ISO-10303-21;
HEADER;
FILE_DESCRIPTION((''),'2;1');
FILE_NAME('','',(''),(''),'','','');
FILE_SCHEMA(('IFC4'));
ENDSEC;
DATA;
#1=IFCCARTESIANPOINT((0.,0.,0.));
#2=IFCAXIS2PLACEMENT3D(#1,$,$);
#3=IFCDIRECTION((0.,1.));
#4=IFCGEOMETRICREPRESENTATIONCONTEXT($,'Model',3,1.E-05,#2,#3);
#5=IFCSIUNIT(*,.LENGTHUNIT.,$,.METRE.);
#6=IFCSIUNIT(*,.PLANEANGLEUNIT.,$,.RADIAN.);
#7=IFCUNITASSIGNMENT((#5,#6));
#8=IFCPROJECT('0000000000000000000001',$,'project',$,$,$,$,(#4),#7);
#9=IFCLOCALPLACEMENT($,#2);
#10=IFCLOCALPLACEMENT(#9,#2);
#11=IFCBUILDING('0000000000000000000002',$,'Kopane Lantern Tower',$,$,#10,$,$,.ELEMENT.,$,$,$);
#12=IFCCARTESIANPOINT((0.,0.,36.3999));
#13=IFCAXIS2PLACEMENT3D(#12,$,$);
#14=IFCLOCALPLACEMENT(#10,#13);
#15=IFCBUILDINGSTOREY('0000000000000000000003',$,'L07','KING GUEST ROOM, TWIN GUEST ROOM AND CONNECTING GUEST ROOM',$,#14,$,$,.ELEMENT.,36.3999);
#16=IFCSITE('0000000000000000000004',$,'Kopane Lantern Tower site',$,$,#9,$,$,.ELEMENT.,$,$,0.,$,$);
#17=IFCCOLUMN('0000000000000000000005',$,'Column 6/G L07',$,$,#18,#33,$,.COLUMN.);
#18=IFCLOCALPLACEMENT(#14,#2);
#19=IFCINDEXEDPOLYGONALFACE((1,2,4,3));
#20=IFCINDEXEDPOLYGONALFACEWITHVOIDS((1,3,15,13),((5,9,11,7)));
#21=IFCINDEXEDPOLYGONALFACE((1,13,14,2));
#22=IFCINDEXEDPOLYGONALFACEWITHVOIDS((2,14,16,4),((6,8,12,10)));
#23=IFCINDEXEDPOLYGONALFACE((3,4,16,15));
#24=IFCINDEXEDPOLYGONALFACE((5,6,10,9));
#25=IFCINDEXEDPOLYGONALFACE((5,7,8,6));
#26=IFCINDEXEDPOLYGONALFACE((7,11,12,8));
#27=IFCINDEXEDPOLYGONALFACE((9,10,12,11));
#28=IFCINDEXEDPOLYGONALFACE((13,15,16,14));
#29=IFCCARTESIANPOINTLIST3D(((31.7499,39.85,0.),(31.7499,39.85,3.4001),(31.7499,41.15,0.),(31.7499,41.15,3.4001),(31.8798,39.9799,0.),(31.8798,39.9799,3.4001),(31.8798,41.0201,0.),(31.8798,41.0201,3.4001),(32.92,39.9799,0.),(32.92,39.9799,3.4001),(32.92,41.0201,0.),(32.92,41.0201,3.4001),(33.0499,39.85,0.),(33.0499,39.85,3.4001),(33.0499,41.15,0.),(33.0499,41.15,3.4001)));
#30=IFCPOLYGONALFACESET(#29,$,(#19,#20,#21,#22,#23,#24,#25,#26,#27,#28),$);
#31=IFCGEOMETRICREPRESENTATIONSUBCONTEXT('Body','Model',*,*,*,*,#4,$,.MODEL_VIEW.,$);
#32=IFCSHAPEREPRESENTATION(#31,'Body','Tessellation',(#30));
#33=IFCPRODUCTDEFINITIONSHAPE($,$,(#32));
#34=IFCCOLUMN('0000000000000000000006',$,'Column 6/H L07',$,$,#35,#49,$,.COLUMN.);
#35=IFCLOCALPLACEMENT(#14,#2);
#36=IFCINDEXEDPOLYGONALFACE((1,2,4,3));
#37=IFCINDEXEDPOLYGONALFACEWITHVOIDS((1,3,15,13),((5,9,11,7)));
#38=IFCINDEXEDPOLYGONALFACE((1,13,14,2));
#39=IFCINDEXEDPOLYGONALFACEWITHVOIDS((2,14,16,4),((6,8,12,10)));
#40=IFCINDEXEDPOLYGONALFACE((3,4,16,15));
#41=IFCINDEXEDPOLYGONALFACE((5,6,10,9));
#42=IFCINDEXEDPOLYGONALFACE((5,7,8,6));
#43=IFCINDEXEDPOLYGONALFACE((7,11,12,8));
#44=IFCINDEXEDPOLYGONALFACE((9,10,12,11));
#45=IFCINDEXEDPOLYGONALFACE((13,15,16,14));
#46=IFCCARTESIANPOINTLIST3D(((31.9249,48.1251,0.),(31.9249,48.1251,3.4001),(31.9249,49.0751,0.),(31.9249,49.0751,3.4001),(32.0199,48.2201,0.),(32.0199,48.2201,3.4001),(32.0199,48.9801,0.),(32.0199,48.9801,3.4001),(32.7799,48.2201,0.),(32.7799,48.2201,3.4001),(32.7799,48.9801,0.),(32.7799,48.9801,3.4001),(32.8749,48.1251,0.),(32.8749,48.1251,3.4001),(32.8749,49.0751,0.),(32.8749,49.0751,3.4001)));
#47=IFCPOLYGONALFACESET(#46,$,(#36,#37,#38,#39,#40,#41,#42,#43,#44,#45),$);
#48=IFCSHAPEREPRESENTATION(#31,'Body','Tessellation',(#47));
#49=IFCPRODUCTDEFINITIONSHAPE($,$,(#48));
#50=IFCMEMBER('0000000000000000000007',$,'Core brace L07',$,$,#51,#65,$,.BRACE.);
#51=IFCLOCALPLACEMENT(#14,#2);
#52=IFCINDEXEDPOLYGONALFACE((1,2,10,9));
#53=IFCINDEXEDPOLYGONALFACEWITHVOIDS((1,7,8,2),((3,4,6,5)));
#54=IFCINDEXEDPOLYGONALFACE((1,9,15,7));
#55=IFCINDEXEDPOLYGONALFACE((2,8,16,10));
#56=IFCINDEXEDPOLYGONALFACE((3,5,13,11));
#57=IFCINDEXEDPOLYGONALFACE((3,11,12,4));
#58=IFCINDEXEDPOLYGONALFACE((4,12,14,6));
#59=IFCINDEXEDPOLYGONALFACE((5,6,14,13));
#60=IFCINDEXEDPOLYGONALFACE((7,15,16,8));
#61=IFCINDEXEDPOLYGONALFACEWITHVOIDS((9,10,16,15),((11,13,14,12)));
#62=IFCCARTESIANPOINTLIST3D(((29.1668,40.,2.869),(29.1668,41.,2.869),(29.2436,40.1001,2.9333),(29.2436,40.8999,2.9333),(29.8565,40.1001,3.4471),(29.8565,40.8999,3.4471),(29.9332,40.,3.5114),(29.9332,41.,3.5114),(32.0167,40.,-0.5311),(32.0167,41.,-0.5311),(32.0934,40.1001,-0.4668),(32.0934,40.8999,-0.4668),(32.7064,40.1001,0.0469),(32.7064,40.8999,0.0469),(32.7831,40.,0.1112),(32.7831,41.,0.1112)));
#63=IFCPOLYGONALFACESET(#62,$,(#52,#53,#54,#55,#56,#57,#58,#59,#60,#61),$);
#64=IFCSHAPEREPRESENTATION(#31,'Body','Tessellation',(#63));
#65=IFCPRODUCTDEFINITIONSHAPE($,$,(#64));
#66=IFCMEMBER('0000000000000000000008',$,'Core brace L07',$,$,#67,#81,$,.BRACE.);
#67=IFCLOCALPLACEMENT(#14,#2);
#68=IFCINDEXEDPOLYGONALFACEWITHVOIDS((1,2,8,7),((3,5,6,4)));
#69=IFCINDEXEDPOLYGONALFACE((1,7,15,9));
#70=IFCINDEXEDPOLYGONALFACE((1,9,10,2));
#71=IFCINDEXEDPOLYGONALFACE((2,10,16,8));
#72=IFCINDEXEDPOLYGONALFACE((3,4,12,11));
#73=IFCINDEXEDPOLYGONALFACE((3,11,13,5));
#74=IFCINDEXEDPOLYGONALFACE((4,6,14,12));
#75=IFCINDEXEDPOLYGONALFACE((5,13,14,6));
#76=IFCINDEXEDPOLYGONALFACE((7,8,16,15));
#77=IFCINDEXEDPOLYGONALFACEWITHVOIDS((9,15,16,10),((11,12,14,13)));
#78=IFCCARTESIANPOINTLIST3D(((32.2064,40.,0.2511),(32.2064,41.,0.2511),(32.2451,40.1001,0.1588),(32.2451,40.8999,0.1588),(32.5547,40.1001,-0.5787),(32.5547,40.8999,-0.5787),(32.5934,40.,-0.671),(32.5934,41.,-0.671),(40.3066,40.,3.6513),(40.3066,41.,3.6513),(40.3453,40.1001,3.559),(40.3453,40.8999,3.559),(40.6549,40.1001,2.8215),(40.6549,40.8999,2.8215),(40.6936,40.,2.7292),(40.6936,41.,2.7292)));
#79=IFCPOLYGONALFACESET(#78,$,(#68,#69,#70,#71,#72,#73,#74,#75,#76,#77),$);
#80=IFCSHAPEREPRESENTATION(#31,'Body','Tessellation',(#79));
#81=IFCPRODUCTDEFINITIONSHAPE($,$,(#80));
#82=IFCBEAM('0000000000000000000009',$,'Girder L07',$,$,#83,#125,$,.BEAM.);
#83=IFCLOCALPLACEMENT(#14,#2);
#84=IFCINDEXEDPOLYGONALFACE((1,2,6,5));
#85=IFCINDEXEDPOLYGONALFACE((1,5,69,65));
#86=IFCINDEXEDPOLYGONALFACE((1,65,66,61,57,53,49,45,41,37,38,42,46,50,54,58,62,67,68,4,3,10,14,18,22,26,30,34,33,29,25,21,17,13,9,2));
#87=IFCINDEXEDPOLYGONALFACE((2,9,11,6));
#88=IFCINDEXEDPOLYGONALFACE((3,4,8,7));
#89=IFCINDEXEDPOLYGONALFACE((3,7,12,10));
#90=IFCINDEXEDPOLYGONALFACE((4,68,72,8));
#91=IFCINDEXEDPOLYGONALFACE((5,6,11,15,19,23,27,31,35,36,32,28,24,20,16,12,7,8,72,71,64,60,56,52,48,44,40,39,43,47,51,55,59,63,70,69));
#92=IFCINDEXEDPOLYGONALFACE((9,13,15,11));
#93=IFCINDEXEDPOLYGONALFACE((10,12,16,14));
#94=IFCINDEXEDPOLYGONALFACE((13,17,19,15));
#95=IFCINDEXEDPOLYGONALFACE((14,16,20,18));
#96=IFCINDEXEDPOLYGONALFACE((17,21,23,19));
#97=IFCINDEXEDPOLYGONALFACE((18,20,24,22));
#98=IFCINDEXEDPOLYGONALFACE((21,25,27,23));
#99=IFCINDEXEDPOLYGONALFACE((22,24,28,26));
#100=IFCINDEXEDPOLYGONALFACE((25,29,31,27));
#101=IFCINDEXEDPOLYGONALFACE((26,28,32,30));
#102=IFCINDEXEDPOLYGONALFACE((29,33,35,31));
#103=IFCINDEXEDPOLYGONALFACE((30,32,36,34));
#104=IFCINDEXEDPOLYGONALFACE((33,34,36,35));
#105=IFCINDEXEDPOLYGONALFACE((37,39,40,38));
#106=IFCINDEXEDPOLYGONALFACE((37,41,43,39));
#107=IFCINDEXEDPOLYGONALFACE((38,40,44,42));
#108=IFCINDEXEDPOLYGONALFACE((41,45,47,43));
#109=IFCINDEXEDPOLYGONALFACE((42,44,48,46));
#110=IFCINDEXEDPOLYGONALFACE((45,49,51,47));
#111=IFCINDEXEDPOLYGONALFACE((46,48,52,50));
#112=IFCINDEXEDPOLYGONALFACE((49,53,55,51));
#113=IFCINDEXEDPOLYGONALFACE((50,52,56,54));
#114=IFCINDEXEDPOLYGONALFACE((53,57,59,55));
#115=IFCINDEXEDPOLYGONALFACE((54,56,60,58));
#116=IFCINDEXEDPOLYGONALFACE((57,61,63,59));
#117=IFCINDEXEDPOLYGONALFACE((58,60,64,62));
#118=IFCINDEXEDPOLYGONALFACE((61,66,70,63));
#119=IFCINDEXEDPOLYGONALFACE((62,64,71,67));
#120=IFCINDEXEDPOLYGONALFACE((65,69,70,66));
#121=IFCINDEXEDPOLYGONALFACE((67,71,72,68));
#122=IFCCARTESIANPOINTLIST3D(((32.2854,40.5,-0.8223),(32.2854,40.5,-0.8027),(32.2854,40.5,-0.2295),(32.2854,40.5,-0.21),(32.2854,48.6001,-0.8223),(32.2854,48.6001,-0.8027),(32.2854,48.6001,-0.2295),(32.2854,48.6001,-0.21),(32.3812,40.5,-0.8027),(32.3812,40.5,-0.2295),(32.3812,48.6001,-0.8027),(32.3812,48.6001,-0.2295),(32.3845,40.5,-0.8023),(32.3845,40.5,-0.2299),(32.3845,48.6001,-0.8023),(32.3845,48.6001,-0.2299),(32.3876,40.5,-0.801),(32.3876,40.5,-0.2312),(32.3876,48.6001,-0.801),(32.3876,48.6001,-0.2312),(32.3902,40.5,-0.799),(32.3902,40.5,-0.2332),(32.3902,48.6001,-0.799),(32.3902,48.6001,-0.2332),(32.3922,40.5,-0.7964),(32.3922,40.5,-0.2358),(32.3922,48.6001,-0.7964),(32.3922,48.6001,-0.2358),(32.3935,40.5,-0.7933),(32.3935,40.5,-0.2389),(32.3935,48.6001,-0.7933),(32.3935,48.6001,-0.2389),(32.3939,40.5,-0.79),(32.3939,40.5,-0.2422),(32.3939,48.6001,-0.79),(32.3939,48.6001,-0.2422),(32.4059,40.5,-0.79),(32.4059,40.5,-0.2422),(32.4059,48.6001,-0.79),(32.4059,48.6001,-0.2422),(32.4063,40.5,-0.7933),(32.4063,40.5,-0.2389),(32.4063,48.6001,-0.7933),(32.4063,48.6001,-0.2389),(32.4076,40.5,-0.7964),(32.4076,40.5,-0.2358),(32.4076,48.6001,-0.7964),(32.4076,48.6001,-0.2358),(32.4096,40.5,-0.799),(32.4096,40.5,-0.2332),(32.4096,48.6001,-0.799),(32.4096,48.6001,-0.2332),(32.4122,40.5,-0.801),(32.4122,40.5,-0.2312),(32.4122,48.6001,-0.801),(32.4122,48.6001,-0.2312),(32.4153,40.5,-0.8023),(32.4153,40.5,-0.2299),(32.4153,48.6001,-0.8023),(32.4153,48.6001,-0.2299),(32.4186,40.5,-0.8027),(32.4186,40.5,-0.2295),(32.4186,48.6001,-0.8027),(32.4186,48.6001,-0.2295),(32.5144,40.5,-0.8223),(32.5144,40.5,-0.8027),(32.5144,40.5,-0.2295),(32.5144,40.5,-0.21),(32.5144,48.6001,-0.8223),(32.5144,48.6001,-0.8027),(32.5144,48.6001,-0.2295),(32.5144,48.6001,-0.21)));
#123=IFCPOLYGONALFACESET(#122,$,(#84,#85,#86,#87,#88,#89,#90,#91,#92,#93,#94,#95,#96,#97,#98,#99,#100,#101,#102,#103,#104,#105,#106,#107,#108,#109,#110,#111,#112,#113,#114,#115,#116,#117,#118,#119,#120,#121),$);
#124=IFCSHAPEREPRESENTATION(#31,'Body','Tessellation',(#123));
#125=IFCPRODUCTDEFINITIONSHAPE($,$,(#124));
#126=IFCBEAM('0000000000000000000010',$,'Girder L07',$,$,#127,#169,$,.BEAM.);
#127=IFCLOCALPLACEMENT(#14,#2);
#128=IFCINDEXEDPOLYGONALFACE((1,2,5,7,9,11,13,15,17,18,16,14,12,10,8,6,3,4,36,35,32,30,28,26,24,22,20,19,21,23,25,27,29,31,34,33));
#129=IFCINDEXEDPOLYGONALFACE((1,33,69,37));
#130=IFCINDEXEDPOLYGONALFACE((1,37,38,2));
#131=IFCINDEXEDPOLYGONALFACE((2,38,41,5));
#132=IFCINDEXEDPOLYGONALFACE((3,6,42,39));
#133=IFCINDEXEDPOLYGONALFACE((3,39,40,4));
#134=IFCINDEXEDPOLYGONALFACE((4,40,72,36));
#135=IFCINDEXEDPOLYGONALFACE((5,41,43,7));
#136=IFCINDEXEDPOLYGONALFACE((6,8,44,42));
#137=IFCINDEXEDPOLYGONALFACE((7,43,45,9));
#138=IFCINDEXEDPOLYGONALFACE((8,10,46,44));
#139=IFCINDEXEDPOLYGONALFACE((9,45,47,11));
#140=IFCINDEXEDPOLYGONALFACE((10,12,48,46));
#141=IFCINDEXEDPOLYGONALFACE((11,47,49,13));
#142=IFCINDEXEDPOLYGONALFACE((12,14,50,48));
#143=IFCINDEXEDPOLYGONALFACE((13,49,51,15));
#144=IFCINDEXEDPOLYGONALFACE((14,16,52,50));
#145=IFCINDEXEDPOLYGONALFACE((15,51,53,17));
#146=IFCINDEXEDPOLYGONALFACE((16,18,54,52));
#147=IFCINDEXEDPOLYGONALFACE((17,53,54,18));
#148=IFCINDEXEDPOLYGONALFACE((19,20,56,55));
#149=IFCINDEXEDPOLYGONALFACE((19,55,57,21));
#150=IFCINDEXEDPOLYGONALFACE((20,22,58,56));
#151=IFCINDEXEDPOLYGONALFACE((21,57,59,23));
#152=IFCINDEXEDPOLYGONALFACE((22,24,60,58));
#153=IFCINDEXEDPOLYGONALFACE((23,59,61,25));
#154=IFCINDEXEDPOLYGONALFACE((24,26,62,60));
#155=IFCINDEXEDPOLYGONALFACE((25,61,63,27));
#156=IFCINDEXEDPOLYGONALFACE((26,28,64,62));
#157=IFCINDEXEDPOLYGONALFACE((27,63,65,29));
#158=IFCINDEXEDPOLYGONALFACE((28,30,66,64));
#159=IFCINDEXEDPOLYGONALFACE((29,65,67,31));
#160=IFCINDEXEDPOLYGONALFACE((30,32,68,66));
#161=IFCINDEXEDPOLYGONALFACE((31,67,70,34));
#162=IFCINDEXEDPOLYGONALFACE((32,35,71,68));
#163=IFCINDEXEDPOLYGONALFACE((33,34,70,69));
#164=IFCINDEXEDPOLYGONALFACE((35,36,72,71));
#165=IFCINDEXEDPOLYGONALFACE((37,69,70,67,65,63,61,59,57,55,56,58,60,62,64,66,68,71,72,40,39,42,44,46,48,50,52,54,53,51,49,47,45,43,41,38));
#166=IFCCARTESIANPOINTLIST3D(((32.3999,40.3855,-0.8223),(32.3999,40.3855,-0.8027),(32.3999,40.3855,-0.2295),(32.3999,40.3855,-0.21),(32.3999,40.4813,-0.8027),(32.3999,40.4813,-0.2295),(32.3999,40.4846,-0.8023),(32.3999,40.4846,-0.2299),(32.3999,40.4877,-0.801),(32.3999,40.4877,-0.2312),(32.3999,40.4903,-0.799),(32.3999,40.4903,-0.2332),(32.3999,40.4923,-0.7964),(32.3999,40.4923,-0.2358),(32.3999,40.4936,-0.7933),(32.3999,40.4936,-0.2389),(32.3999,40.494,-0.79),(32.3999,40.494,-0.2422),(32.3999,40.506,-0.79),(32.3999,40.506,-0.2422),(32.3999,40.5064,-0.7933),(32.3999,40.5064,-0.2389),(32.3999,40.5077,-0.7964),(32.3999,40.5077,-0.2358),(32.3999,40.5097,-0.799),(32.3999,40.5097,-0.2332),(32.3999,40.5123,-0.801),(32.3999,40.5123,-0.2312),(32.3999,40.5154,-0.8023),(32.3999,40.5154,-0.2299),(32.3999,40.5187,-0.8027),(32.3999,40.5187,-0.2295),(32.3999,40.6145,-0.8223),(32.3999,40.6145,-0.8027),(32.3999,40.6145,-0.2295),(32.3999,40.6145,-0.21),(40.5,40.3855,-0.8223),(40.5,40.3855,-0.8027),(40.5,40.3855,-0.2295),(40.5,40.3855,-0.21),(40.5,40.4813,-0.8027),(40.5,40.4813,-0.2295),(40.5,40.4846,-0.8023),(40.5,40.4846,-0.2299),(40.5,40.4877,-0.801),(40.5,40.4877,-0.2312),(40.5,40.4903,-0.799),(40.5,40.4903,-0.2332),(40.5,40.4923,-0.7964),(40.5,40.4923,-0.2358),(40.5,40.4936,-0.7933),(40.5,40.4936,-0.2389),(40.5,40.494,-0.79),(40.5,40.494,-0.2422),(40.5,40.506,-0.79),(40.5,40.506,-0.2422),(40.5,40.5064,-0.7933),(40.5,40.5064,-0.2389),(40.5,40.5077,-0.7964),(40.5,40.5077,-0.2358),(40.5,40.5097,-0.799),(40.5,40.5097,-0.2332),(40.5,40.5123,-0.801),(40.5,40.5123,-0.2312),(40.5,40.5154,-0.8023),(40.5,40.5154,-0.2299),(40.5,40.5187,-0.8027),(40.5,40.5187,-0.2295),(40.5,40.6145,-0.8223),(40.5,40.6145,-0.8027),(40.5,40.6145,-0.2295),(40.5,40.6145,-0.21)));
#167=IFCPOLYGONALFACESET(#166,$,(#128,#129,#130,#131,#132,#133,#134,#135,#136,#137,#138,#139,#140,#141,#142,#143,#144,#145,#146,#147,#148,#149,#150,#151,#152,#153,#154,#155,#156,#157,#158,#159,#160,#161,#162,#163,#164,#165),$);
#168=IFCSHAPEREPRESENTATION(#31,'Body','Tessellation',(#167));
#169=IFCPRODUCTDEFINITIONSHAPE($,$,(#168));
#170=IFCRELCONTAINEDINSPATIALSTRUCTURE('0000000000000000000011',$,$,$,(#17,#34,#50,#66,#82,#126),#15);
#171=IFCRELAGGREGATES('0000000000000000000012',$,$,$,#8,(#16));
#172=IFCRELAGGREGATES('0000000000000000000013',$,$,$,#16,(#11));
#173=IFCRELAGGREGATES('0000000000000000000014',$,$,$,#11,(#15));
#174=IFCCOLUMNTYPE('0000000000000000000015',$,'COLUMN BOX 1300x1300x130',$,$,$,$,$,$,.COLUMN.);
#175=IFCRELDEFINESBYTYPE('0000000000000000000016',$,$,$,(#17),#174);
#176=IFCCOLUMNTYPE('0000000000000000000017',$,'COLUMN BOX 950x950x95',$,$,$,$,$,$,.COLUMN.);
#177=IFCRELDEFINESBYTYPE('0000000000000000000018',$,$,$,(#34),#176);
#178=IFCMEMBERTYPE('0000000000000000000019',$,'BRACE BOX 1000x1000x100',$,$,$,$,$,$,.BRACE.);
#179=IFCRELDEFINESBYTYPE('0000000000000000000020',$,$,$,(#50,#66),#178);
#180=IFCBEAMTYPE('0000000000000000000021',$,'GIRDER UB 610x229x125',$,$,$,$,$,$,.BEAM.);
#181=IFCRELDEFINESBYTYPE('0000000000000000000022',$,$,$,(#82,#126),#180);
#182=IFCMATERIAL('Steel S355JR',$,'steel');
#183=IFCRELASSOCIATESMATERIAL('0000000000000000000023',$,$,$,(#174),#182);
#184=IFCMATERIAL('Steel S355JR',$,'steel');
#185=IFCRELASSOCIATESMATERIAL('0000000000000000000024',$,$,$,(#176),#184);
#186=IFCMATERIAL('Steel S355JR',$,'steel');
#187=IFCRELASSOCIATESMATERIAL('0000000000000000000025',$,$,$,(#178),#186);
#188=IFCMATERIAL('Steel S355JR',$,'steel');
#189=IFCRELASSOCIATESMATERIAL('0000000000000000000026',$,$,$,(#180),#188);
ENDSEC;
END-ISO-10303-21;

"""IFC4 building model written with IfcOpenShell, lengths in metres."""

from ifc_helpers import new_model, si_unit, direction, frame, origin, origin_2d, place, context, subcontext, project, spatial, hollow_rectangle, i_section, extrude, material, material_profile, profile_set, type_object, element, save


model = new_model("IFC4")

# Units and contexts
model_context = context("Model", 3, precision=1e-05, world=origin(), true_north=direction((0.0, 1.0)))
body_context = subcontext(model_context, "Body", "Model", "MODEL_VIEW")
ifc_project = project(units=[si_unit("LENGTHUNIT", "METRE"), si_unit("PLANEANGLEUNIT", "RADIAN")], contexts=[model_context])

# Site, building, storey
site_placement = place(None, origin())
site = spatial("IfcSite", under=ifc_project, at=site_placement, Name="Kopane Lantern Tower site", CompositionType="ELEMENT", RefElevation=0.0)
building_placement = place(site_placement, origin())
building = spatial("IfcBuilding", under=site, at=building_placement, Name="Kopane Lantern Tower", CompositionType="ELEMENT")
storey_placement = place(building_placement, frame((0.0, 0.0, 36.3999)))
storey = spatial("IfcBuildingStorey", under=building, at=storey_placement, Name="L07", Description="KING GUEST ROOM, TWIN GUEST ROOM AND CONNECTING GUEST ROOM", CompositionType="ELEMENT", Elevation=36.3999)

# Columns
ifc_material_1 = material(Name="Steel S355JR", Category="steel")
ifc_material_profile_1 = material_profile(ifc_material_1, hollow_rectangle(XDim=1.3, YDim=1.3, WallThickness=0.1299, at=origin_2d()), Name="BOX 1300x1300x130")
ifc_profile_set_1 = profile_set([ifc_material_profile_1], Name="Steel S355JR")
column_type_1 = type_object("IfcColumnType", Name="COLUMN BOX 1300x1300x130", PredefinedType="COLUMN", material=ifc_profile_set_1)
column_1_placement = place(storey_placement, frame((32.3999, 40.5, 0.0), z_axis=(0.0, 0.0, 1.0), x_axis=(1.0, 0.0, 0.0)))
element("IfcColumn", 1, at=column_1_placement, inside=storey, type_object=column_type_1, Name="Column 6/G L07", PredefinedType="COLUMN", context=body_context, shape_type="SweptSolid", body=[
    extrude(hollow_rectangle(XDim=1.3, YDim=1.3, WallThickness=0.1299, at=origin_2d()), origin(), (0.0, 0.0, 1.0), 3.4001),
])
ifc_material_2 = material(Name="Steel S355JR", Category="steel")
ifc_material_profile_2 = material_profile(ifc_material_2, hollow_rectangle(XDim=0.95, YDim=0.95, WallThickness=0.095, at=origin_2d()), Name="BOX 950x950x95")
ifc_profile_set_2 = profile_set([ifc_material_profile_2], Name="Steel S355JR")
column_type_2 = type_object("IfcColumnType", Name="COLUMN BOX 950x950x95", PredefinedType="COLUMN", material=ifc_profile_set_2)
column_2_placement = place(storey_placement, frame((32.3999, 48.6001, 0.0), z_axis=(0.0, 0.0, 1.0), x_axis=(1.0, 0.0, 0.0)))
element("IfcColumn", 2, at=column_2_placement, inside=storey, type_object=column_type_2, Name="Column 6/H L07", PredefinedType="COLUMN", context=body_context, shape_type="SweptSolid", body=[
    extrude(hollow_rectangle(XDim=0.95, YDim=0.95, WallThickness=0.095, at=origin_2d()), origin(), (0.0, 0.0, 1.0), 3.4001),
])

# Members
ifc_material_3 = material(Name="Steel S355JR", Category="steel")
ifc_material_profile_3 = material_profile(ifc_material_3, hollow_rectangle(XDim=1.0, YDim=1.0, WallThickness=0.1001, at=origin_2d()), Name="BOX 1000x1000x100")
ifc_profile_set_3 = profile_set([ifc_material_profile_3], Name="Steel S355JR")
member_type = type_object("IfcMemberType", Name="BRACE BOX 1000x1000x100", PredefinedType="BRACE", material=ifc_profile_set_3)
member_1_placement = place(storey_placement, frame((32.3999, 40.5, -0.21), z_axis=(-0.642363, 0.0, 0.7664), x_axis=(0.0, -1.0, 0.0)))
element("IfcMember", 3, at=member_1_placement, inside=storey, type_object=member_type, Name="Core brace L07", PredefinedType="BRACE", context=body_context, shape_type="SweptSolid", body=[
    extrude(hollow_rectangle(XDim=1.0, YDim=1.0, WallThickness=0.1001, at=origin_2d()), origin(), (0.0, 0.0, 1.0), 4.4365),
])
member_2_placement = place(storey_placement, frame((32.3999, 40.5, -0.21), z_axis=(0.922059, 0.0, 0.387049), x_axis=(0.0, 1.0, 0.0)))
element("IfcMember", 4, at=member_2_placement, inside=storey, type_object=member_type, Name="Core brace L07", PredefinedType="BRACE", context=body_context, shape_type="SweptSolid", body=[
    extrude(hollow_rectangle(XDim=1.0, YDim=1.0, WallThickness=0.1001, at=origin_2d()), origin(), (0.0, 0.0, 1.0), 8.7849),
])

# Beams
ifc_material_4 = material(Name="Steel S355JR", Category="steel")
ifc_material_profile_4 = material_profile(ifc_material_4, i_section(OverallWidth=0.229, OverallDepth=0.6123, WebThickness=0.012, FlangeThickness=0.0195, FilletRadius=0.0127, at=origin_2d()), Name="UB 610x229x125")
ifc_profile_set_4 = profile_set([ifc_material_profile_4], Name="Steel S355JR")
beam_type = type_object("IfcBeamType", Name="GIRDER UB 610x229x125", PredefinedType="BEAM", material=ifc_profile_set_4)
for number, where, z_axis, x_axis, name in (
    (5, (32.3999, 40.5, -0.5161), (0.0, 1.0, 0.0), (-1.0, 0.0, 0.0), "Girder L07"),
    (6, (32.3999, 40.5, -0.5161), (1.0, 0.0, 0.0), (0.0, 1.0, 0.0), "Girder L07"),
):
    element("IfcBeam", number, at=place(storey_placement, frame(where, z_axis=z_axis, x_axis=x_axis)), inside=storey, type_object=beam_type, Name=name, PredefinedType="BEAM", context=body_context, shape_type="SweptSolid", body=[
        extrude(i_section(OverallWidth=0.229, OverallDepth=0.6123, WebThickness=0.012, FlangeThickness=0.0195, FilletRadius=0.0127, at=origin_2d()), origin(), (0.0, 0.0, 1.0), 8.1001),
    ])

save(model, "model.ifc")
